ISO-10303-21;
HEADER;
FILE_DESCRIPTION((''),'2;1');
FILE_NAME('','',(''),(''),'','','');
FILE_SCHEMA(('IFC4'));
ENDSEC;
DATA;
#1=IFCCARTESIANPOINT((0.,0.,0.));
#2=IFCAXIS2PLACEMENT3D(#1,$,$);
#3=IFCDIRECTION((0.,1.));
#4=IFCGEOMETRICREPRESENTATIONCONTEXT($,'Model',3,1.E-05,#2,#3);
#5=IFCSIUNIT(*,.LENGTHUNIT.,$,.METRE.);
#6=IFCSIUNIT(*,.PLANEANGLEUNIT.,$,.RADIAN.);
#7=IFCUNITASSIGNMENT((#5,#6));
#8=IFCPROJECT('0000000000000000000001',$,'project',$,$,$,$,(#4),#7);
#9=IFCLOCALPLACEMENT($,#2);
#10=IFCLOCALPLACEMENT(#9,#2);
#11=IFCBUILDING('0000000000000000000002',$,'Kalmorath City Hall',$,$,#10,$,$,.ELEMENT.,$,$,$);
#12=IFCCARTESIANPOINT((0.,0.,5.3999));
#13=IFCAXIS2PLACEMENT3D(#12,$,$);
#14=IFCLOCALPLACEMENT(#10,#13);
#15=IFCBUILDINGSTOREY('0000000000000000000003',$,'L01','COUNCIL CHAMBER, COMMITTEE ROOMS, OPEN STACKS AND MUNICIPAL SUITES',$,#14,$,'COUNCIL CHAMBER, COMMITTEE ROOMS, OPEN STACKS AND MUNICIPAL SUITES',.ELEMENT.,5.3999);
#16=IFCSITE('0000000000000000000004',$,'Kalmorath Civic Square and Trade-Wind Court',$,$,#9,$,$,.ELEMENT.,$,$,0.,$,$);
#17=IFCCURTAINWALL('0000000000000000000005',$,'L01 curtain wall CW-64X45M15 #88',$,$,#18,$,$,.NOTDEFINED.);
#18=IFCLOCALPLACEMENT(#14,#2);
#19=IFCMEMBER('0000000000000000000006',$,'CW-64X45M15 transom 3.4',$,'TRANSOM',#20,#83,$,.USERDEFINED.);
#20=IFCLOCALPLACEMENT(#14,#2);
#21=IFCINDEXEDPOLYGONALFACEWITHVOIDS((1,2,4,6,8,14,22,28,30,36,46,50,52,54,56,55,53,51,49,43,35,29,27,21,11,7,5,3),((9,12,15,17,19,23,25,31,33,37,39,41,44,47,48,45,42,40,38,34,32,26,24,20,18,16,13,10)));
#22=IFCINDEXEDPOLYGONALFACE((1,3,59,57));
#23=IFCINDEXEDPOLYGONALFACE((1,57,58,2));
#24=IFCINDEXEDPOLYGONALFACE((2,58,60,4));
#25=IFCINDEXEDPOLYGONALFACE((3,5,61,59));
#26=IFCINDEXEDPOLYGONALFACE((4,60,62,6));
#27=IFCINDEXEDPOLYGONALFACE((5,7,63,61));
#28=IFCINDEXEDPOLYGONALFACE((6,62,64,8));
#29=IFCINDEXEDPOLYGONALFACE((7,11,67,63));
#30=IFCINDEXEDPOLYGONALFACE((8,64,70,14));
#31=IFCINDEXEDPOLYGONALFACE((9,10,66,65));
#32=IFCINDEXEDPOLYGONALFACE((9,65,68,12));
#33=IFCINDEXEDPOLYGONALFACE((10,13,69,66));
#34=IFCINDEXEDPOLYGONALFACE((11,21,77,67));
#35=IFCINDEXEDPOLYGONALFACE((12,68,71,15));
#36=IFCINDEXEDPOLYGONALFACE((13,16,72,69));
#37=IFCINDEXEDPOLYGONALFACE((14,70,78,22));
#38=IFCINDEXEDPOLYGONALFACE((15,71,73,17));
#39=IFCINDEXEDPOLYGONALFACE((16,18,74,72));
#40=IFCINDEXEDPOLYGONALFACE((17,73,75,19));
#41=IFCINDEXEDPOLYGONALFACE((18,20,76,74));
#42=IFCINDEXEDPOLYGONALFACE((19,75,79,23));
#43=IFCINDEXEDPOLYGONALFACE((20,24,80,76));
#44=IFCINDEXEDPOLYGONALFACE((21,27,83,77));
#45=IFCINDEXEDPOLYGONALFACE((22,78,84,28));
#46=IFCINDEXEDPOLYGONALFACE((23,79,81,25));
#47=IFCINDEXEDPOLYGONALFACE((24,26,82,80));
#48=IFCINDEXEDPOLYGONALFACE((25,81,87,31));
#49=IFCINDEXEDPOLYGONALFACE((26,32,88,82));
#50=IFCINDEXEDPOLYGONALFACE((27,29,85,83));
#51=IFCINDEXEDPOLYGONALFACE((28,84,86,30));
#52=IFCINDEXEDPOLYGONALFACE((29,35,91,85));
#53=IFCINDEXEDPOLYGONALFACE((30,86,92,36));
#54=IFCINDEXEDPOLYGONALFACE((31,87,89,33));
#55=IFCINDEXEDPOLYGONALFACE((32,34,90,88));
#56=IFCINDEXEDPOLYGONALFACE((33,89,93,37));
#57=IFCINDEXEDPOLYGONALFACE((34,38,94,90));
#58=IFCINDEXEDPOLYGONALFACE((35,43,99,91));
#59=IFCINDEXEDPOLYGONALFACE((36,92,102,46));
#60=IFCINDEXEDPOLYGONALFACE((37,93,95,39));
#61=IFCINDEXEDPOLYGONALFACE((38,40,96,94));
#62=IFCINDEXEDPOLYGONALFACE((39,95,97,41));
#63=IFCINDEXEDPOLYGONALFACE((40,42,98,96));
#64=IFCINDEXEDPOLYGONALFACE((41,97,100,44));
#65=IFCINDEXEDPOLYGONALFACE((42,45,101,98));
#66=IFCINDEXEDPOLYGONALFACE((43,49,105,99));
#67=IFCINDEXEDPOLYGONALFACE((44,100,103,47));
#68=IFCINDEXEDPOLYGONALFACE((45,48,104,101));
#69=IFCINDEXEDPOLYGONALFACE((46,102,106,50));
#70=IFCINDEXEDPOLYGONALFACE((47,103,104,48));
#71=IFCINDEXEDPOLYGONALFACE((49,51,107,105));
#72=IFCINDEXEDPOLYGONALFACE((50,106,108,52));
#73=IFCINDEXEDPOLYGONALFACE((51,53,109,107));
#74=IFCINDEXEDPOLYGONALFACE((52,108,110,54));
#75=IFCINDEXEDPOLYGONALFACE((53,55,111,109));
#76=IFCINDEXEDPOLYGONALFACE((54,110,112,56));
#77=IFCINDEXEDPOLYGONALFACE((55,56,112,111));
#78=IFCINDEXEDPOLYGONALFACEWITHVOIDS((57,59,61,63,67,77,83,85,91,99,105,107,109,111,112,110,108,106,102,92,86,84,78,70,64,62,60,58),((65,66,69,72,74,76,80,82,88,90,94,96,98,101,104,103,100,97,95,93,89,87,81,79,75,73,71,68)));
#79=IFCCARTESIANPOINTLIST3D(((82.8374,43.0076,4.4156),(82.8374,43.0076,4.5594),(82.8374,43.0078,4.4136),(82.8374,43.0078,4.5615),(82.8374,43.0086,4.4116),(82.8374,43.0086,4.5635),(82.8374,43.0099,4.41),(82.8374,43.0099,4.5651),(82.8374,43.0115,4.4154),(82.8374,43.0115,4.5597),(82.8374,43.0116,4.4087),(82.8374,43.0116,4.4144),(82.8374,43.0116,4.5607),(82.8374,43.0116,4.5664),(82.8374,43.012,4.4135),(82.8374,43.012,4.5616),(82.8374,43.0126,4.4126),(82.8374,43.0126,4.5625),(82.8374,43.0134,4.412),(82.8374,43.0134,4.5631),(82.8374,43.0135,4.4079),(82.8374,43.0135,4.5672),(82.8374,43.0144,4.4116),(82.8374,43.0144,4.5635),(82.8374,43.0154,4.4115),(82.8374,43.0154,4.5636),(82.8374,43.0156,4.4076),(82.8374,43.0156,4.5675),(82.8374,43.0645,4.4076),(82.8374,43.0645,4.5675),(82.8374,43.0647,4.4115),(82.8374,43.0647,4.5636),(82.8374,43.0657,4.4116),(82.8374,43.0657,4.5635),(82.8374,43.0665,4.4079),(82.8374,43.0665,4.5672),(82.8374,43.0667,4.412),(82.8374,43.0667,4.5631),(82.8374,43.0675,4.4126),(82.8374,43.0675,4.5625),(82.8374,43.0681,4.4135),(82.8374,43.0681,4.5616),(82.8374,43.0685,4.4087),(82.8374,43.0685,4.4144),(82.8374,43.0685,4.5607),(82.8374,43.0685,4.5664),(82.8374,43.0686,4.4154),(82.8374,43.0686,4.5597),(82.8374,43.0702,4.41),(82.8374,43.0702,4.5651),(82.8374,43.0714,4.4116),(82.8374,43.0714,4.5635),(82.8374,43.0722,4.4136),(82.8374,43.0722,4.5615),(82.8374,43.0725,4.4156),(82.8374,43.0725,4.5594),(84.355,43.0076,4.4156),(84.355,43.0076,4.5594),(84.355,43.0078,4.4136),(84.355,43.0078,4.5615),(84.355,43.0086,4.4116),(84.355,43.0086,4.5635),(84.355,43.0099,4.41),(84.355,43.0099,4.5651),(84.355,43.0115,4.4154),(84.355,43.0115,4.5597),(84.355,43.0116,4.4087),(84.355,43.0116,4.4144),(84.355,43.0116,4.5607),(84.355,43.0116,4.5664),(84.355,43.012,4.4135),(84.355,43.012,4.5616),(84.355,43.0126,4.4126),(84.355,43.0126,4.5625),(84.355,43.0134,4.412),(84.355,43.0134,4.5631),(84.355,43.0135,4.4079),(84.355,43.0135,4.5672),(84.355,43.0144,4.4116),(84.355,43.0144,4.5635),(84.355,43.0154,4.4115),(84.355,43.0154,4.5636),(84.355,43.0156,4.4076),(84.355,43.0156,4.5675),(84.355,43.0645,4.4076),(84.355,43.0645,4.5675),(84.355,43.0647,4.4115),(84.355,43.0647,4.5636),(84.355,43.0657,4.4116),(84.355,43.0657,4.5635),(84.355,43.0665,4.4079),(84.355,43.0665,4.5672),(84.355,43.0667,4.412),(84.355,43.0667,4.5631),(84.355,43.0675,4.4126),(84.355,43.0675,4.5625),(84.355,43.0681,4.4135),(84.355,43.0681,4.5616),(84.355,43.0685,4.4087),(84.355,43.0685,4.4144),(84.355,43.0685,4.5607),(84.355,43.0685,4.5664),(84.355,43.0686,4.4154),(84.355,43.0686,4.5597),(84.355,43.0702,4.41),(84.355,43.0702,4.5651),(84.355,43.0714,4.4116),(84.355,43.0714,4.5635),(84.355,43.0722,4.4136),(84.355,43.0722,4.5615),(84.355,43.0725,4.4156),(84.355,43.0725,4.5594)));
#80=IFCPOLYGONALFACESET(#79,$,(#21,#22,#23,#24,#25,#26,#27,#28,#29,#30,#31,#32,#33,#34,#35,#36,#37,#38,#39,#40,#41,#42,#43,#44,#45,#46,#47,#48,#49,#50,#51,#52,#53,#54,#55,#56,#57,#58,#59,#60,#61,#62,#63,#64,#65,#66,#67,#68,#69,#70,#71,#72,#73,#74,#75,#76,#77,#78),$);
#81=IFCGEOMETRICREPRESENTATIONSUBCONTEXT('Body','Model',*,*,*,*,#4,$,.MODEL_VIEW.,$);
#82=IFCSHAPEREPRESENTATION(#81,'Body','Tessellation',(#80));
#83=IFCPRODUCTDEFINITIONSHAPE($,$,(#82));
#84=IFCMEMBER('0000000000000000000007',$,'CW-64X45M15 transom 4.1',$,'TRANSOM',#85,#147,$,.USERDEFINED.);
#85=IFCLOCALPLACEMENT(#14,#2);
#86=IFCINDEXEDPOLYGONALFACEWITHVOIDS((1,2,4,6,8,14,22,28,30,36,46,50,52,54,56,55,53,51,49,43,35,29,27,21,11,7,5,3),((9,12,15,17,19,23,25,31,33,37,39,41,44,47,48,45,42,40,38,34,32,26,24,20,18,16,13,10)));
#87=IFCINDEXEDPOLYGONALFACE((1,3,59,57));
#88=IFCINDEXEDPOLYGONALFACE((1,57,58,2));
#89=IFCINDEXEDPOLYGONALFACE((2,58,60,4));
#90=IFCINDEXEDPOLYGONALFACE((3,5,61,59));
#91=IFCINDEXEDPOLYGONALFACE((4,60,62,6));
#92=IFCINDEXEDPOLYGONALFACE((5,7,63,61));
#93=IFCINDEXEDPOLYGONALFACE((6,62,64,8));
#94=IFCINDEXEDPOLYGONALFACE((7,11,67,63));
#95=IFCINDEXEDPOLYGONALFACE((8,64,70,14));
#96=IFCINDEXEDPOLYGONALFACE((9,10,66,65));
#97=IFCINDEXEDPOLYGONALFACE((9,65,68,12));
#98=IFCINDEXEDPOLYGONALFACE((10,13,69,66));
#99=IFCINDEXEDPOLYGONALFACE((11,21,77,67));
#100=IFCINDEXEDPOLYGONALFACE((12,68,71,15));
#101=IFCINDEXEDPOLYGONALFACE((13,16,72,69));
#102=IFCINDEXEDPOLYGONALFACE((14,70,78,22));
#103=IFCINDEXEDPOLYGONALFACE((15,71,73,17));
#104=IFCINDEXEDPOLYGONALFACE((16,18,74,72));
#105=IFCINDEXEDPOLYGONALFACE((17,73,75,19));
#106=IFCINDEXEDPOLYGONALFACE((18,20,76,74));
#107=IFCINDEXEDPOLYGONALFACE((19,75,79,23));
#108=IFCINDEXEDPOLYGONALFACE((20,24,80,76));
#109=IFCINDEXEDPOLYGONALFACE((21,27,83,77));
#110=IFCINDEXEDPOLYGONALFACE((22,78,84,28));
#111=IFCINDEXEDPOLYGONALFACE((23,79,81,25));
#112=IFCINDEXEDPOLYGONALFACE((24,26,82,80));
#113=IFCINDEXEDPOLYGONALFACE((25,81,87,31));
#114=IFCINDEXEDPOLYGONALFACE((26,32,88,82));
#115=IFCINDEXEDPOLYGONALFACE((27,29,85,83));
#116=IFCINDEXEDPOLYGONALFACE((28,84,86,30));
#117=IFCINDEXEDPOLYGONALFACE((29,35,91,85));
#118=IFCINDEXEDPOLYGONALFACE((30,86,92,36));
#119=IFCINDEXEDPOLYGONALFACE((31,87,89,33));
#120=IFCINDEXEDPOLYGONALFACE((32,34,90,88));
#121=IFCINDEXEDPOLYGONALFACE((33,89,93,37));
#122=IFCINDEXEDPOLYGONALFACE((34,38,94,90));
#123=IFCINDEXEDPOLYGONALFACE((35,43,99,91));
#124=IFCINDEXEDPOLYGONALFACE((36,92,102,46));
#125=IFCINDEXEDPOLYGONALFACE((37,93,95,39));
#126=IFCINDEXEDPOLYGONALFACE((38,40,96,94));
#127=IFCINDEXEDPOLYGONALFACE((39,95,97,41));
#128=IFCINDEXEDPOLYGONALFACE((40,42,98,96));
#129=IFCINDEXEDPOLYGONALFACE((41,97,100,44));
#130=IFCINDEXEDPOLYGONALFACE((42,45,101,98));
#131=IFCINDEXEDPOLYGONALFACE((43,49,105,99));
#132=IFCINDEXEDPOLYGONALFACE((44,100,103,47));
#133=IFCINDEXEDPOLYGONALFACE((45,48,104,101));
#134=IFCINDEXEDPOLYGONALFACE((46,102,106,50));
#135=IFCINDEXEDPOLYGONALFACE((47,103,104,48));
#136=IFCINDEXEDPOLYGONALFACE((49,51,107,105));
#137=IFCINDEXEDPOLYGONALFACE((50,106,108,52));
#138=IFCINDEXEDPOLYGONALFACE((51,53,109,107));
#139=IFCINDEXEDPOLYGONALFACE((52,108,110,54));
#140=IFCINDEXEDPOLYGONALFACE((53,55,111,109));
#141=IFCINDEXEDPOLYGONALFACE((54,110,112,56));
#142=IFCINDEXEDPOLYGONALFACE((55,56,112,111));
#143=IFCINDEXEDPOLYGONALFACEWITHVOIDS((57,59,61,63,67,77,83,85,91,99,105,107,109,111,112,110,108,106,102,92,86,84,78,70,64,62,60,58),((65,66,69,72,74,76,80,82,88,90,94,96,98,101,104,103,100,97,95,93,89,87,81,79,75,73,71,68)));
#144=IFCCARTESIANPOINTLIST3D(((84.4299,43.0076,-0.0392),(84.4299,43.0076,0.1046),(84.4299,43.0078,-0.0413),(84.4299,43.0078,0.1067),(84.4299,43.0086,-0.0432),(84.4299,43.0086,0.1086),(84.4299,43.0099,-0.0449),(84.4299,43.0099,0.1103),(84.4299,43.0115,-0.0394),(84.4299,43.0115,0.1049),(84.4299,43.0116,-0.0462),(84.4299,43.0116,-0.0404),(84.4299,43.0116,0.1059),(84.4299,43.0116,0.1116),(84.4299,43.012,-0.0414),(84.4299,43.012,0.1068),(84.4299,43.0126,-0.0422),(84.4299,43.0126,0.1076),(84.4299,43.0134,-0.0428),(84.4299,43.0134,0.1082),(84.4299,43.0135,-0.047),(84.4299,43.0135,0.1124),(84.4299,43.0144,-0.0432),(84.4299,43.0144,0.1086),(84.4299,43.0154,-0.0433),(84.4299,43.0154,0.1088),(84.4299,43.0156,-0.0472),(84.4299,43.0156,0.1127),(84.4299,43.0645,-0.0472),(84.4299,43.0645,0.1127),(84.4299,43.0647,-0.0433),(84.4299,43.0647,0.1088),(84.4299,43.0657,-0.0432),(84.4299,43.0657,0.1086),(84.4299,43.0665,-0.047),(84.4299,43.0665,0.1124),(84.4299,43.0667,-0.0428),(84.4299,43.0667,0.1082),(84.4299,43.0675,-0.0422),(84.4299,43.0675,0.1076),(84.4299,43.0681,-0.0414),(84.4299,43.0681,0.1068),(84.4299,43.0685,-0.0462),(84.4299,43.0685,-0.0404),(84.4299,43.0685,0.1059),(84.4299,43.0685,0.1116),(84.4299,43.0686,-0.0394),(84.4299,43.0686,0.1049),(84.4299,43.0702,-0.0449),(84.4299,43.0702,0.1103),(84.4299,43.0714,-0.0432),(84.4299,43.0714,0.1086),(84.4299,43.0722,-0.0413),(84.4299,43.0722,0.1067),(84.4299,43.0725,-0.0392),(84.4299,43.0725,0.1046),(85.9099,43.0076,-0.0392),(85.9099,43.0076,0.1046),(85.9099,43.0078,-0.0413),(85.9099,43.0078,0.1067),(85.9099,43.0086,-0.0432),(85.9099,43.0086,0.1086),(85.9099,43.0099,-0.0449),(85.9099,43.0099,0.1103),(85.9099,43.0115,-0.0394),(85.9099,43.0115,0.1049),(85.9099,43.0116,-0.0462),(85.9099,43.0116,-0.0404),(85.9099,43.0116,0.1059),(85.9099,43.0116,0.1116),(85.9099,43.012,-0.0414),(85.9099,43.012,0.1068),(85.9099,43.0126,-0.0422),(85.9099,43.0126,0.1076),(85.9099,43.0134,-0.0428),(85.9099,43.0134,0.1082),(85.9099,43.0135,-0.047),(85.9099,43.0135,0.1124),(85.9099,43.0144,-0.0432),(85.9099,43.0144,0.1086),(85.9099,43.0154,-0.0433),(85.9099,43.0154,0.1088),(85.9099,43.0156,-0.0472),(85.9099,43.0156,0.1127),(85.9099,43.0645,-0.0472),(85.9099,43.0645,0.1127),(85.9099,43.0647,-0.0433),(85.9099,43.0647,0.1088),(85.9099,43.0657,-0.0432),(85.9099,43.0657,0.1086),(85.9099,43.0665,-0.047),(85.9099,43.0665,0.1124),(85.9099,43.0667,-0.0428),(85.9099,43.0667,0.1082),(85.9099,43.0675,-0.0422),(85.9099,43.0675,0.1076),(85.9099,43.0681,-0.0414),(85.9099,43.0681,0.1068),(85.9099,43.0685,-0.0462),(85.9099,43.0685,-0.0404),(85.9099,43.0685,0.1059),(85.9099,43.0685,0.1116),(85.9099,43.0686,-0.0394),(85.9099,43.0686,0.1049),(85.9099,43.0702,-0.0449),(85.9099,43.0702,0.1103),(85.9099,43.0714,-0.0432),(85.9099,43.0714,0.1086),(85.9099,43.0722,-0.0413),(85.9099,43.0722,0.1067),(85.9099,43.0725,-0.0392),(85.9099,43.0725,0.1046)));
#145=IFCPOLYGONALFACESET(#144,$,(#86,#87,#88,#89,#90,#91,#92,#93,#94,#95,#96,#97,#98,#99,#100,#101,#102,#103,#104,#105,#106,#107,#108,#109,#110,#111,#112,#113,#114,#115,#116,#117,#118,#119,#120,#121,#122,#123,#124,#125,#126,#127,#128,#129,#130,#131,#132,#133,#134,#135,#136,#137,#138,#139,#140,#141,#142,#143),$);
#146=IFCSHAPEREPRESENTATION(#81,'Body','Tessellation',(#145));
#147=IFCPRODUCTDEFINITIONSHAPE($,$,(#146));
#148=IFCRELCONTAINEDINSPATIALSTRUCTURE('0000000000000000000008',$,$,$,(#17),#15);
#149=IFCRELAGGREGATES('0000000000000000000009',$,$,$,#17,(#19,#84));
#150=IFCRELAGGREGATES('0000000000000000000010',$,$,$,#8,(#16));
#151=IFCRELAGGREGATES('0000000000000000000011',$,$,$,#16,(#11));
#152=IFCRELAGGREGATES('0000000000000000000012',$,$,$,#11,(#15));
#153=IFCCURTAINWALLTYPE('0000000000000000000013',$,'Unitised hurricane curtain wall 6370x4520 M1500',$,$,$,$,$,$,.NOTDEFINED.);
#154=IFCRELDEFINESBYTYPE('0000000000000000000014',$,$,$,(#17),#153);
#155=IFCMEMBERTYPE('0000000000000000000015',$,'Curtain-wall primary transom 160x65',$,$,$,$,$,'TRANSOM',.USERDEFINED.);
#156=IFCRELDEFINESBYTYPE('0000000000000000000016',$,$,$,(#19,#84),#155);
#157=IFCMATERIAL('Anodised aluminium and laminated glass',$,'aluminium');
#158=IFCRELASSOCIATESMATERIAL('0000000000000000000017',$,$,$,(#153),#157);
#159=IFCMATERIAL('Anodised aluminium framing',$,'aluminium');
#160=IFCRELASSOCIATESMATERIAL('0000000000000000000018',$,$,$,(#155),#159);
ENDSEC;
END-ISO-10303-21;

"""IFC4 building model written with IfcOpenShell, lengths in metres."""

from ifc_helpers import new_model, si_unit, direction, frame, origin, origin_2d, place, context, subcontext, project, spatial, hollow_rectangle, extrude, material, material_profile, profile_set, type_object, element, aggregate, save


model = new_model("IFC4")

# Units and contexts
model_context = context("Model", 3, precision=1e-05, world=origin(), true_north=direction((0.0, 1.0)))
body_context = subcontext(model_context, "Body", "Model", "MODEL_VIEW")
ifc_project = project(units=[si_unit("LENGTHUNIT", "METRE"), si_unit("PLANEANGLEUNIT", "RADIAN")], contexts=[model_context])

# Site, building, storey
site_placement = place(None, origin())
site = spatial("IfcSite", under=ifc_project, at=site_placement, Name="Kalmorath Civic Square and Trade-Wind Court", CompositionType="ELEMENT", RefElevation=0.0)
building_placement = place(site_placement, origin())
building = spatial("IfcBuilding", under=site, at=building_placement, Name="Kalmorath City Hall", CompositionType="ELEMENT")
storey_placement = place(building_placement, frame((0.0, 0.0, 5.3999)))
storey = spatial("IfcBuildingStorey", under=building, at=storey_placement, Name="L01", Description="COUNCIL CHAMBER, COMMITTEE ROOMS, OPEN STACKS AND MUNICIPAL SUITES", LongName="COUNCIL CHAMBER, COMMITTEE ROOMS, OPEN STACKS AND MUNICIPAL SUITES", CompositionType="ELEMENT", Elevation=5.3999)

# Curtain wall
ifc_material_1 = material(Name="Anodised aluminium and laminated glass", Category="aluminium")
curtain_wall_type_1 = type_object("IfcCurtainWallType", Name="Unitised hurricane curtain wall 6370x4520 M1500", PredefinedType="NOTDEFINED", material=ifc_material_1)
curtain_wall_1_placement = place(storey_placement, origin())
curtain_wall_1 = element("IfcCurtainWall", 1, at=curtain_wall_1_placement, inside=storey, type_object=curtain_wall_type_1, Name="L01 curtain wall CW-64X45M15 #88", PredefinedType="NOTDEFINED")

# Members
ifc_material_2 = material(Name="Anodised aluminium framing", Category="aluminium")
ifc_material_profile_1 = material_profile(ifc_material_2, hollow_rectangle(XDim=0.0649, YDim=0.1599, WallThickness=0.0039, InnerFilletRadius=0.0039, OuterFilletRadius=0.0081, at=origin_2d()), Name="ALU-TRN-160X65X4")
ifc_profile_set_1 = profile_set([ifc_material_profile_1], Name="Anodised aluminium framing")
member_type_1 = type_object("IfcMemberType", Name="Curtain-wall primary transom 160x65", ElementType="TRANSOM", PredefinedType="USERDEFINED", material=ifc_profile_set_1)
member_1_placement = place(storey_placement, frame((82.8374, 43.04, 4.4875), z_axis=(1.0, 0.0, 0.0), x_axis=(0.0, 1.0, 0.0)))
member_1 = element("IfcMember", 2, at=member_1_placement, type_object=member_type_1, Name="CW-64X45M15 transom 3.4", ObjectType="TRANSOM", PredefinedType="USERDEFINED", context=body_context, shape_type="SweptSolid", body=[
    extrude(hollow_rectangle(XDim=0.0649, YDim=0.1599, WallThickness=0.0039, InnerFilletRadius=0.0039, OuterFilletRadius=0.0081, at=origin_2d()), origin(), (0.0, 0.0, 1.0), 1.5176),
])
member_2_placement = place(storey_placement, frame((84.4299, 43.04, 0.0327), z_axis=(1.0, 0.0, 0.0), x_axis=(0.0, 1.0, 0.0)))
member_2 = element("IfcMember", 3, at=member_2_placement, type_object=member_type_1, Name="CW-64X45M15 transom 4.1", ObjectType="TRANSOM", PredefinedType="USERDEFINED", context=body_context, shape_type="SweptSolid", body=[
    extrude(hollow_rectangle(XDim=0.0649, YDim=0.1599, WallThickness=0.0039, InnerFilletRadius=0.0039, OuterFilletRadius=0.0081, at=origin_2d()), origin(), (0.0, 0.0, 1.0), 1.48),
])

aggregate(curtain_wall_1, [member_1, member_2])

save(model, "model.ifc")
